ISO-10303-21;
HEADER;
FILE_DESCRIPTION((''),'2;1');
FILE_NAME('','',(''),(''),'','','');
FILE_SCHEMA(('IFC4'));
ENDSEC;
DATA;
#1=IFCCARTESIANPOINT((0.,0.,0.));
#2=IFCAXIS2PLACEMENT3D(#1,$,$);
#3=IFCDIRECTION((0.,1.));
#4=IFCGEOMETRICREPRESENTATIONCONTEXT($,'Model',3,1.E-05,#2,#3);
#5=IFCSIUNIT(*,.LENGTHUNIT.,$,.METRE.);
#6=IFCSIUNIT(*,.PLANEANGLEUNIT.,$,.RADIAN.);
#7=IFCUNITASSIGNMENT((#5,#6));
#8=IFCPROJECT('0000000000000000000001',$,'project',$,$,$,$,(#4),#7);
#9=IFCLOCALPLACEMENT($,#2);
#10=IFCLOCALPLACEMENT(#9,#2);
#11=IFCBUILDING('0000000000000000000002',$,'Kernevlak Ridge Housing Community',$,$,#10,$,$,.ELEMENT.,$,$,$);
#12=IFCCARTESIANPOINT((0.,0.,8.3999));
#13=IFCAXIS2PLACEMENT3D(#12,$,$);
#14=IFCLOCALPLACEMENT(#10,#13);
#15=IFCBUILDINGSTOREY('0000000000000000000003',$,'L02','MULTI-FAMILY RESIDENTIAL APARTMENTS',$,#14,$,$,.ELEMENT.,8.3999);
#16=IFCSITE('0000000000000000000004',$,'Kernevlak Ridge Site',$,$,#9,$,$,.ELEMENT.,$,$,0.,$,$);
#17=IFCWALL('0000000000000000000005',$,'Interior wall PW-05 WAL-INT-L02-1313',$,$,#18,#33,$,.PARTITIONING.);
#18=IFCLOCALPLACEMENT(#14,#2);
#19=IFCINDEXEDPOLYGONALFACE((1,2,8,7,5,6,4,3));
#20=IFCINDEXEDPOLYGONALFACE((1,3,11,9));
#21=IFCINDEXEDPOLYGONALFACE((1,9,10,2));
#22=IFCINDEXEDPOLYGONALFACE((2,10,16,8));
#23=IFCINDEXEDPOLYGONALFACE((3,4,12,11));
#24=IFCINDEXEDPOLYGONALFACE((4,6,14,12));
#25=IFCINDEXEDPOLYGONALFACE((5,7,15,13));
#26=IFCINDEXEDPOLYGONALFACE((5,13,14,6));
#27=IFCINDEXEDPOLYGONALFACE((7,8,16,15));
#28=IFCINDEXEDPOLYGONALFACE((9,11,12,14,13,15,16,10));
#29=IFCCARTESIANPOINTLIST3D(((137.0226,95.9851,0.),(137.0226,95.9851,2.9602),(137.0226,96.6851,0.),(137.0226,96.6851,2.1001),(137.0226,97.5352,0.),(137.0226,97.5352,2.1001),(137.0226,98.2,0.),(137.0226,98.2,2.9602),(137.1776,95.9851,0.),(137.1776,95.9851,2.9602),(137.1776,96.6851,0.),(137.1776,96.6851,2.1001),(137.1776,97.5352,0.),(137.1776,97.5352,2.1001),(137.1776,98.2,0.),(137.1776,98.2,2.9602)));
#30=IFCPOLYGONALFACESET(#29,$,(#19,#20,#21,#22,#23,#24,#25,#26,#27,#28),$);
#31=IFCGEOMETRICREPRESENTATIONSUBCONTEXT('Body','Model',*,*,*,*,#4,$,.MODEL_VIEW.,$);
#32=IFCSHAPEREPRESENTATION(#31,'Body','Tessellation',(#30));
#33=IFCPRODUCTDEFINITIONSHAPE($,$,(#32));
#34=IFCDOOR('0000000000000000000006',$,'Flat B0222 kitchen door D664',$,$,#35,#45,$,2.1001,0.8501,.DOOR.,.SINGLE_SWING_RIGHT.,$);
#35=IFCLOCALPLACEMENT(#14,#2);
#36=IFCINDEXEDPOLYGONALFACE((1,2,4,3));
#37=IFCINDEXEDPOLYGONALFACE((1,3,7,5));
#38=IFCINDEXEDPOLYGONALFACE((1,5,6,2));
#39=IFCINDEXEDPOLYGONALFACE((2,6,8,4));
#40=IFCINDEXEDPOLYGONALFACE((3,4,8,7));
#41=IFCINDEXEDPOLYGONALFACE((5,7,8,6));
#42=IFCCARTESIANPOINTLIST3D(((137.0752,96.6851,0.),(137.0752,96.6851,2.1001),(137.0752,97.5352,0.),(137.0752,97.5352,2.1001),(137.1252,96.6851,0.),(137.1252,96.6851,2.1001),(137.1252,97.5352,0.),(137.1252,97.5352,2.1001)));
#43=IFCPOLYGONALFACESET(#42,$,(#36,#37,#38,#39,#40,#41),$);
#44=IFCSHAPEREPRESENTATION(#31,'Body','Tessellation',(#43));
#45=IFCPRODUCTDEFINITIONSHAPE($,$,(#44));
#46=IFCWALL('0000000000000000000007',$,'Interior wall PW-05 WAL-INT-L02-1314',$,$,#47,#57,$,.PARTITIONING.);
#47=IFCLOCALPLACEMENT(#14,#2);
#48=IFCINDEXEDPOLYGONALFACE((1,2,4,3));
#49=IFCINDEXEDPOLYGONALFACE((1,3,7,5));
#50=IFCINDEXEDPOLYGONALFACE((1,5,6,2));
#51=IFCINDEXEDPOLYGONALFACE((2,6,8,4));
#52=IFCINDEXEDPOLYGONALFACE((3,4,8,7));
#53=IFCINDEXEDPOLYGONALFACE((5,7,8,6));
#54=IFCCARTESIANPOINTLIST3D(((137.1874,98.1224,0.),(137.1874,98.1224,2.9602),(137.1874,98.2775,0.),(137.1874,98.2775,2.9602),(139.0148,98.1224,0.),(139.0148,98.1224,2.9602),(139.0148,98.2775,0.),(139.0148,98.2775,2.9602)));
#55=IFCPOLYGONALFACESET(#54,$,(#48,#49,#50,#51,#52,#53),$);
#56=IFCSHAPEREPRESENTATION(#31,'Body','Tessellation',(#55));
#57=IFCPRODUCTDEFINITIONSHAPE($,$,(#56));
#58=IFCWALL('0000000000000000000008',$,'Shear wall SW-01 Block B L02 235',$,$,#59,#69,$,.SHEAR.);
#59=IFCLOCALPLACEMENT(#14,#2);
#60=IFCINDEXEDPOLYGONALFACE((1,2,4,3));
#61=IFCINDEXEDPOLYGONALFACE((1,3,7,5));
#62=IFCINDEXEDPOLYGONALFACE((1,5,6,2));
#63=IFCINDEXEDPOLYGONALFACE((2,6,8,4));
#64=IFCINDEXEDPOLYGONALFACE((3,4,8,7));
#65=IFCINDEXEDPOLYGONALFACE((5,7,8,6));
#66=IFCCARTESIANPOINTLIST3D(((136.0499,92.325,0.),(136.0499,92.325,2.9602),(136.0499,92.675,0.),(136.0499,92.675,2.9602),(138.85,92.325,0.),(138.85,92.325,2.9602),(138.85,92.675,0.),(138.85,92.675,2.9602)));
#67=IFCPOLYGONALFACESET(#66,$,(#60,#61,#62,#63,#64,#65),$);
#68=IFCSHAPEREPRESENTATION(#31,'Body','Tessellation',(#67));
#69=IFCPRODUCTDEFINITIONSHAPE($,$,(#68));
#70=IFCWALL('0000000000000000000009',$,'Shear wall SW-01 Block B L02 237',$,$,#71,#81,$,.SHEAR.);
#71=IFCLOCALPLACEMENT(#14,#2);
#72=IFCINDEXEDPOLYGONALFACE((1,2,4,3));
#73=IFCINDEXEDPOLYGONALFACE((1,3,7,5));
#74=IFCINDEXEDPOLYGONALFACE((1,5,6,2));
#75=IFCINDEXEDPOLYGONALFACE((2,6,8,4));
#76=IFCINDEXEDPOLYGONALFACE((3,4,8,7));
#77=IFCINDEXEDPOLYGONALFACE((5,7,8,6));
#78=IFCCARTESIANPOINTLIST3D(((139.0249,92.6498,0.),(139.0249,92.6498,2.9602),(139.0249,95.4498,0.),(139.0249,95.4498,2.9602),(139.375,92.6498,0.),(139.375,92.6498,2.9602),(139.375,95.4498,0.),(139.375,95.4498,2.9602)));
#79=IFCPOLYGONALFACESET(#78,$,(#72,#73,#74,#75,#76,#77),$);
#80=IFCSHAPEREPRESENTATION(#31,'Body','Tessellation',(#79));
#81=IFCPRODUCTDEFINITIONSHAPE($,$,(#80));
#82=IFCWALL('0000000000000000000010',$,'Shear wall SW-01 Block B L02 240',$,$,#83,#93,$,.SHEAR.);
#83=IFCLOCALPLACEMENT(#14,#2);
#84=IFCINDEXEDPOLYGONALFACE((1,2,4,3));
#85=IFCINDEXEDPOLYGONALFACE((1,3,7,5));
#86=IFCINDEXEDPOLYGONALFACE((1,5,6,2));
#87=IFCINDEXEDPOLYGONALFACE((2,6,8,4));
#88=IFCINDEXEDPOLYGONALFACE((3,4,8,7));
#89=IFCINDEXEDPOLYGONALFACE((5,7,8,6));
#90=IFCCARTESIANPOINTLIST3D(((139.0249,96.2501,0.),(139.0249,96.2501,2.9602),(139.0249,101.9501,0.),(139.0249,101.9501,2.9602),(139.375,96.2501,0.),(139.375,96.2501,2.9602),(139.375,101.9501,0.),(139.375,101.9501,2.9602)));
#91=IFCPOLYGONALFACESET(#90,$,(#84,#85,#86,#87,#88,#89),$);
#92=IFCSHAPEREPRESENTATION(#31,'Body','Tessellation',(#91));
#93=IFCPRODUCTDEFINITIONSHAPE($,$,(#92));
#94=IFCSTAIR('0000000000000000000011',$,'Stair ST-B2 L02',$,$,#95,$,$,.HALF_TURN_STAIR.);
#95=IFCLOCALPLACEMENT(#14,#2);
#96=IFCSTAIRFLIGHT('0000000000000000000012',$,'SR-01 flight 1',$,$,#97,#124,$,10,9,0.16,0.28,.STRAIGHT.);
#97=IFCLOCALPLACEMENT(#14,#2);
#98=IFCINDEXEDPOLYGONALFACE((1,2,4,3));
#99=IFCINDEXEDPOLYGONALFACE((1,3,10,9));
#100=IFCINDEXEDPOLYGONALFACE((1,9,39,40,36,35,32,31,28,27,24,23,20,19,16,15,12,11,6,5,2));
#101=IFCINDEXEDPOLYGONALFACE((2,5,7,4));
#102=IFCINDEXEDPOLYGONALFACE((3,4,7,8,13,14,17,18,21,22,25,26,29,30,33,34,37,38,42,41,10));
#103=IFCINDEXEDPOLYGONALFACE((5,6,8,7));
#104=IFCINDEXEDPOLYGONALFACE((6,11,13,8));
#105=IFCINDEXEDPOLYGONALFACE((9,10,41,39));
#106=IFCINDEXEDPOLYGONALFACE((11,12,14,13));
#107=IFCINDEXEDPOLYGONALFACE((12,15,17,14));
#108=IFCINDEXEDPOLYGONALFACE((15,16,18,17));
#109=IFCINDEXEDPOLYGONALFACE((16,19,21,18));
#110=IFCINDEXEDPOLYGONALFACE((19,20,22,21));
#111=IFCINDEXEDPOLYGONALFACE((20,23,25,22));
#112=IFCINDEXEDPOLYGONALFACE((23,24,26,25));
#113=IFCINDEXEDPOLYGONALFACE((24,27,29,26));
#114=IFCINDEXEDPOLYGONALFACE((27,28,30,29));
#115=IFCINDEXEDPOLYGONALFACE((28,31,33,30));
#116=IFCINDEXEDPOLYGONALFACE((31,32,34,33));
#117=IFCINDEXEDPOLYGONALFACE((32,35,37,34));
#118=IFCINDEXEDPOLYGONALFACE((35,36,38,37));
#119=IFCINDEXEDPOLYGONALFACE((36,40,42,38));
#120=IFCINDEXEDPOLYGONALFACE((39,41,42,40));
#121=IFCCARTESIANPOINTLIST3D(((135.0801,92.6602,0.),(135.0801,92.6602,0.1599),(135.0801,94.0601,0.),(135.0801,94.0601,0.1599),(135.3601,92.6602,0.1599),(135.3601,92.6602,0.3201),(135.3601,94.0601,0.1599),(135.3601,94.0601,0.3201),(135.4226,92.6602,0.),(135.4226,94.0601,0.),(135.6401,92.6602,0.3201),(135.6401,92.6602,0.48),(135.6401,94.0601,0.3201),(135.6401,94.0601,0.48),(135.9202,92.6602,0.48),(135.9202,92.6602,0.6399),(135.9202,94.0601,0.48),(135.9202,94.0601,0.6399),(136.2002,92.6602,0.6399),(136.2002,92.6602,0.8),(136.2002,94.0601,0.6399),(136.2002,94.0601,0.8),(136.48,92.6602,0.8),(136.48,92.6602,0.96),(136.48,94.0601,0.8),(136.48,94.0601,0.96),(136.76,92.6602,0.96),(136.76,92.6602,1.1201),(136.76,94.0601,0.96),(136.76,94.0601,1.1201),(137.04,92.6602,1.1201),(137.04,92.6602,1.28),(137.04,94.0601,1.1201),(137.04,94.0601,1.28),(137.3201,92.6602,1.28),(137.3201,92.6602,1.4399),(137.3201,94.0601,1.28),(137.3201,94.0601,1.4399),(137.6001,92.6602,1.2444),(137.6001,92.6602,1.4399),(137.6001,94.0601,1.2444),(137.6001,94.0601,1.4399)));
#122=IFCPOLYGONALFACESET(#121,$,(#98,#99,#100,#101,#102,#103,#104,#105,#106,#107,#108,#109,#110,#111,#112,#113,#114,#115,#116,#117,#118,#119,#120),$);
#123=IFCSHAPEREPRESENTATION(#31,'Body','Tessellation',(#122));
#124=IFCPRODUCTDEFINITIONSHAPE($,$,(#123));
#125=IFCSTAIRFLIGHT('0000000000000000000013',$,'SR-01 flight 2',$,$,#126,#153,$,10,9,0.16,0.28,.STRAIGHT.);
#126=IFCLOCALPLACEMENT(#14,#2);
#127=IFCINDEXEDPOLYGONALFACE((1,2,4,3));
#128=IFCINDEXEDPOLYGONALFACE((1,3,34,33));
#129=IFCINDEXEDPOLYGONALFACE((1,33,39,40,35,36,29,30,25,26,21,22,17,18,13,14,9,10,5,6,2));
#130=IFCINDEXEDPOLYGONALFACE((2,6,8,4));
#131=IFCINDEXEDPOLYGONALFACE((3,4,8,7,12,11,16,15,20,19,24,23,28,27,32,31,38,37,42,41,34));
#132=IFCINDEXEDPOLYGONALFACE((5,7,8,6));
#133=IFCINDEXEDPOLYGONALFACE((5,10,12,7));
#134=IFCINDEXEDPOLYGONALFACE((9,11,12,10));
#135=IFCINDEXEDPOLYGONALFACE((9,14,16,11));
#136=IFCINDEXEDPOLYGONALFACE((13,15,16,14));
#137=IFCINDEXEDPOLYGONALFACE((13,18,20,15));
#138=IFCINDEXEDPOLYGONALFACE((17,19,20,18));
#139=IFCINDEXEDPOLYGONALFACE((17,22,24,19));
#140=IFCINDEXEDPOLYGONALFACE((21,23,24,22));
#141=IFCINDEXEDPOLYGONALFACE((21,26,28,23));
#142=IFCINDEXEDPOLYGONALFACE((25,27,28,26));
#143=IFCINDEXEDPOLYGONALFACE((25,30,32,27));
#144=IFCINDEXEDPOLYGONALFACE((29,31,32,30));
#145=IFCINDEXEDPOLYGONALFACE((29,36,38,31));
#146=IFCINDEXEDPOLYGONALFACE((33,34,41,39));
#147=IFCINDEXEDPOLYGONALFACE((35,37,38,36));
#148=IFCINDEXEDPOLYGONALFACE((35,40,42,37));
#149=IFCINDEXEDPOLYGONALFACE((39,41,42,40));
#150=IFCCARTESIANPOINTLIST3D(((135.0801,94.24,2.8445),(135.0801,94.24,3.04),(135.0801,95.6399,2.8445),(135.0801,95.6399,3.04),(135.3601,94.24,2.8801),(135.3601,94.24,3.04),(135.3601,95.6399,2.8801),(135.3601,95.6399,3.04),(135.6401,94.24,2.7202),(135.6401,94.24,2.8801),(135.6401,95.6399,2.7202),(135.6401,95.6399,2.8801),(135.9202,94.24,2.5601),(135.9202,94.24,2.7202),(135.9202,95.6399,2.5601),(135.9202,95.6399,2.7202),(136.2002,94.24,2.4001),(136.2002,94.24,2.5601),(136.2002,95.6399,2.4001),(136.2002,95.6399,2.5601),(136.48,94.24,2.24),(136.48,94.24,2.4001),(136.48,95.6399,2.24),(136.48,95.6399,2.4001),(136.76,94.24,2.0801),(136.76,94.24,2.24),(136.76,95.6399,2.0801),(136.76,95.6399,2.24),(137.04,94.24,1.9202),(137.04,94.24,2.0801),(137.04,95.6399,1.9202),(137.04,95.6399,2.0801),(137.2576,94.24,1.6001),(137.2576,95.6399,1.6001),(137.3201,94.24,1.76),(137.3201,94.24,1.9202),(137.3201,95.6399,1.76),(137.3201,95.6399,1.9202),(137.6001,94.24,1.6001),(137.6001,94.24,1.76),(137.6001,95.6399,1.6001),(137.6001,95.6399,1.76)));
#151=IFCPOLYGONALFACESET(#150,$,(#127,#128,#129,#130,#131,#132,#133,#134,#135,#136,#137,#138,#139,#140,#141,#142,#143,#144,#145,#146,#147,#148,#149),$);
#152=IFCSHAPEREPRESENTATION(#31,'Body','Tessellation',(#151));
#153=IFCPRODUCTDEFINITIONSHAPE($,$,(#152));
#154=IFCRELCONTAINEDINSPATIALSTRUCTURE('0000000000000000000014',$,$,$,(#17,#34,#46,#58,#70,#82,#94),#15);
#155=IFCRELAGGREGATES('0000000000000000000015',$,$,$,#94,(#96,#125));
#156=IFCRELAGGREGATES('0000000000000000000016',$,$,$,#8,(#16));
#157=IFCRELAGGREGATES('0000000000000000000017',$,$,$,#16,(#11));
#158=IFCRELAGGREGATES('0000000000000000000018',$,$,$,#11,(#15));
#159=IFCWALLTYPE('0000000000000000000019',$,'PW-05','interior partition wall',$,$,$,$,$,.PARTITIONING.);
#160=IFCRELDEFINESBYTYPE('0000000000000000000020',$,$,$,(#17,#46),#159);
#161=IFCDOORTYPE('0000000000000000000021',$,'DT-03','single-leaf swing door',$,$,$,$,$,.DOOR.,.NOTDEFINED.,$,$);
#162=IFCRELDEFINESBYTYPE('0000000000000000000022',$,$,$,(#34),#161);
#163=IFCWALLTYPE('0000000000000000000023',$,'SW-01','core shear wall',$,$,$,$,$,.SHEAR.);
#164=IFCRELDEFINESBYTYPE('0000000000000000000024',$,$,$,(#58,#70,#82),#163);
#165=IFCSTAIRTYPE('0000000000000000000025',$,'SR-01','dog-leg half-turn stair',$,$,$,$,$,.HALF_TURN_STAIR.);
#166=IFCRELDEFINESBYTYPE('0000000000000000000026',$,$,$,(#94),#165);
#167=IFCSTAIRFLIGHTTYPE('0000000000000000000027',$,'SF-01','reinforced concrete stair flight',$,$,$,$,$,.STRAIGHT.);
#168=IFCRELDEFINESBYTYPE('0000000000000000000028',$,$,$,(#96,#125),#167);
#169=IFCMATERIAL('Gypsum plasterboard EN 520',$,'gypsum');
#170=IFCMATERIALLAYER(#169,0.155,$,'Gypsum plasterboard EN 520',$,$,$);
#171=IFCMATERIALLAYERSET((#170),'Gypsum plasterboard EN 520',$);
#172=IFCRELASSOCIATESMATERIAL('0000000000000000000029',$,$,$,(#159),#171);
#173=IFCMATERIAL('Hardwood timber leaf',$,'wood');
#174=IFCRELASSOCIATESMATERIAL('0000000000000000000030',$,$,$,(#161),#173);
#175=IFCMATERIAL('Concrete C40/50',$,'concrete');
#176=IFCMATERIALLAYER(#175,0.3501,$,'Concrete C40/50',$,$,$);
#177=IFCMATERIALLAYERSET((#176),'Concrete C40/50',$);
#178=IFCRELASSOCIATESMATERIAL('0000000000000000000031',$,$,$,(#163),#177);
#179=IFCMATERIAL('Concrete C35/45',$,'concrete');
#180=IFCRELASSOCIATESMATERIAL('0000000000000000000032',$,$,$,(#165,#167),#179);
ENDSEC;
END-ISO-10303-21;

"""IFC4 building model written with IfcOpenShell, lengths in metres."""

from ifc_helpers import new_model, si_unit, direction, frame, frame_2d, origin, place, context, subcontext, project, spatial, polyline, rectangle, outline, extrude, material, layer, layer_set, type_object, element, fill, aggregate, save


model = new_model("IFC4")

# Units and contexts
model_context = context("Model", 3, precision=1e-05, world=origin(), true_north=direction((0.0, 1.0)))
body_context = subcontext(model_context, "Body", "Model", "MODEL_VIEW")
ifc_project = project(units=[si_unit("LENGTHUNIT", "METRE"), si_unit("PLANEANGLEUNIT", "RADIAN")], contexts=[model_context])

# Site, building, storey
site_placement = place(None, origin())
site = spatial("IfcSite", under=ifc_project, at=site_placement, Name="Kernevlak Ridge Site", CompositionType="ELEMENT", RefElevation=0.0)
building_placement = place(site_placement, origin())
building = spatial("IfcBuilding", under=site, at=building_placement, Name="Kernevlak Ridge Housing Community", CompositionType="ELEMENT")
storey_placement = place(building_placement, frame((0.0, 0.0, 8.3999)))
storey = spatial("IfcBuildingStorey", under=building, at=storey_placement, Name="L02", Description="MULTI-FAMILY RESIDENTIAL APARTMENTS", CompositionType="ELEMENT", Elevation=8.3999)

# Shared definitions
ifc_material_1 = material(Name="Concrete C40/50", Category="concrete")

# Shared definitions
ifc_material_2 = material(Name="Concrete C35/45", Category="concrete")

# Shared definitions
ifc_material_3 = material(Name="Gypsum plasterboard EN 520", Category="gypsum")

# Wall, opening, door
ifc_layer_1 = layer(ifc_material_3, 0.155, Name="Gypsum plasterboard EN 520")
ifc_layer_set_1 = layer_set([ifc_layer_1], Name="Gypsum plasterboard EN 520")
wall_type_1 = type_object("IfcWallType", Name="PW-05", Description="interior partition wall", PredefinedType="PARTITIONING", material=ifc_layer_set_1)
wall_1_placement = place(storey_placement, frame((137.1001, 95.9851, 0.0), z_axis=(0.0, 0.0, 1.0), x_axis=(0.0, 1.0, 0.0)))
wall_1 = element("IfcWall", 1, at=wall_1_placement, inside=storey, type_object=wall_type_1, Name="Interior wall PW-05 WAL-INT-L02-1313", PredefinedType="PARTITIONING", context=body_context, shape_type="SweptSolid", body=[
    extrude(rectangle(XDim=2.2148, YDim=0.155, at=frame_2d((1.1074, 0.0))), origin(), (0.0, 0.0, 1.0), 2.9602),
])
opening_1_placement = place(wall_1_placement, frame((0.7, 0.0, 0.0)))
opening_1 = element("IfcOpeningElement", 2, at=opening_1_placement, cuts=wall_1, PredefinedType="OPENING", context=body_context, shape_type="SweptSolid", body=[
    extrude(rectangle(XDim=0.8501, YDim=2.1001, at=frame_2d((0.425, 1.05))), frame((0.0, 0.0874, 0.0), z_axis=(0.0, -1.0, 0.0), x_axis=(1.0, 0.0, 0.0)), (0.0, 0.0, 1.0), 0.175),
])
ifc_material_4 = material(Name="Hardwood timber leaf", Category="wood")
door_type_1 = type_object("IfcDoorType", Name="DT-03", Description="single-leaf swing door", OperationType="NOTDEFINED", PredefinedType="DOOR", material=ifc_material_4)
door_1_placement = place(opening_1_placement, origin())
door_1 = element("IfcDoor", 3, at=door_1_placement, inside=storey, type_object=door_type_1, Name="Flat B0222 kitchen door D664", OperationType="SINGLE_SWING_RIGHT", OverallHeight=2.1001, OverallWidth=0.8501, PredefinedType="DOOR", context=body_context, shape_type="SweptSolid", body=[
    extrude(rectangle(XDim=0.8501, YDim=2.1001, at=frame_2d((0.425, 1.05))), frame((0.0, 0.0249, 0.0), z_axis=(0.0, -1.0, 0.0), x_axis=(1.0, 0.0, 0.0)), (0.0, 0.0, 1.0), 0.05),
])
fill(opening_1, door_1)

# Walls
wall_2_placement = place(storey_placement, frame((137.1875, 98.2, 0.0), z_axis=(0.0, 0.0, 1.0), x_axis=(1.0, 0.0, 0.0)))
element("IfcWall", 4, at=wall_2_placement, inside=storey, type_object=wall_type_1, Name="Interior wall PW-05 WAL-INT-L02-1314", PredefinedType="PARTITIONING", context=body_context, shape_type="SweptSolid", body=[
    extrude(rectangle(XDim=1.8274, YDim=0.155, at=frame_2d((0.9136, 0.0))), origin(), (0.0, 0.0, 1.0), 2.9602),
])
ifc_layer_2 = layer(ifc_material_1, 0.3501, Name="Concrete C40/50")
ifc_layer_set_2 = layer_set([ifc_layer_2], Name="Concrete C40/50")
wall_type_2 = type_object("IfcWallType", Name="SW-01", Description="core shear wall", PredefinedType="SHEAR", material=ifc_layer_set_2)
for number, where, z_axis, x_axis, name in (
    (5, (136.05, 92.5, 0.0), (0.0, 0.0, 1.0), (1.0, 0.0, 0.0), "Shear wall SW-01 Block B L02 235"),
    (6, (139.2, 92.6499, 0.0), (0.0, 0.0, 1.0), (0.0, 1.0, 0.0), "Shear wall SW-01 Block B L02 237"),
):
    element("IfcWall", number, at=place(storey_placement, frame(where, z_axis=z_axis, x_axis=x_axis)), inside=storey, type_object=wall_type_2, Name=name, PredefinedType="SHEAR", context=body_context, shape_type="SweptSolid", body=[
        extrude(rectangle(XDim=2.8, YDim=0.3501, at=frame_2d((1.3999, 0.0))), origin(), (0.0, 0.0, 1.0), 2.9602),
    ])
wall_3_placement = place(storey_placement, frame((139.2, 96.25, 0.0), z_axis=(0.0, 0.0, 1.0), x_axis=(0.0, 1.0, 0.0)))
element("IfcWall", 7, at=wall_3_placement, inside=storey, type_object=wall_type_2, Name="Shear wall SW-01 Block B L02 240", PredefinedType="SHEAR", context=body_context, shape_type="SweptSolid", body=[
    extrude(rectangle(XDim=5.7, YDim=0.3501, at=frame_2d((2.8501, 0.0))), origin(), (0.0, 0.0, 1.0), 2.9602),
])

# Stair, stair flights
stair_type = type_object("IfcStairType", Name="SR-01", Description="dog-leg half-turn stair", PredefinedType="HALF_TURN_STAIR", material=ifc_material_2)
stair_placement = place(storey_placement, origin())
stair = element("IfcStair", 8, at=stair_placement, inside=storey, type_object=stair_type, Name="Stair ST-B2 L02", PredefinedType="HALF_TURN_STAIR")
stair_flight_type = type_object("IfcStairFlightType", Name="SF-01", Description="reinforced concrete stair flight", PredefinedType="STRAIGHT", material=ifc_material_2)
stair_flight_1_placement = place(storey_placement, frame((135.0801, 93.3601, 0.0), z_axis=(0.0, 0.0, 1.0), x_axis=(1.0, 0.0, 0.0)))
stair_flight_1 = element("IfcStairFlight", 9, at=stair_flight_1_placement, type_object=stair_flight_type, Name="SR-01 flight 1", NumberOfRisers=10, NumberOfTreads=9, PredefinedType="STRAIGHT", RiserHeight=0.16, TreadLength=0.28, context=body_context, shape_type="SweptSolid", body=[
    extrude(outline(polyline([(0.0, 0.0), (0.0, 0.1599), (0.28, 0.1599), (0.28, 0.3201), (0.5601, 0.3201), (0.5601, 0.48), (0.8401, 0.48), (0.8401, 0.6399), (1.1201, 0.6399), (1.1201, 0.8), (1.3999, 0.8), (1.3999, 0.96), (1.6799, 0.96), (1.6799, 1.1201), (1.96, 1.1201), (1.96, 1.28), (2.24, 1.28), (2.24, 1.4399), (2.52, 1.4399), (2.52, 1.6001), (2.52, 1.2444), (0.3425, 0.0), (0.0, 0.0)])), frame((0.0, 0.7, 0.0), z_axis=(0.0, -1.0, 0.0), x_axis=(1.0, 0.0, 0.0)), (0.0, 0.0, 1.0), 1.3999),
])
stair_flight_2_placement = place(storey_placement, frame((137.6001, 94.9399, 1.6001), z_axis=(0.0, 0.0, 1.0), x_axis=(-1.0, 0.0, 0.0)))
stair_flight_2 = element("IfcStairFlight", 10, at=stair_flight_2_placement, type_object=stair_flight_type, Name="SR-01 flight 2", NumberOfRisers=10, NumberOfTreads=9, PredefinedType="STRAIGHT", RiserHeight=0.16, TreadLength=0.28, context=body_context, shape_type="SweptSolid", body=[
    extrude(outline(polyline([(0.0, 0.0), (0.0, 0.1599), (0.28, 0.1599), (0.28, 0.3201), (0.5601, 0.3201), (0.5601, 0.48), (0.8401, 0.48), (0.8401, 0.6399), (1.1201, 0.6399), (1.1201, 0.8), (1.3999, 0.8), (1.3999, 0.96), (1.6799, 0.96), (1.6799, 1.1201), (1.96, 1.1201), (1.96, 1.28), (2.24, 1.28), (2.24, 1.4399), (2.52, 1.4399), (2.52, 1.6001), (2.52, 1.2444), (0.3425, 0.0), (0.0, 0.0)])), frame((0.0, 0.7, 0.0), z_axis=(0.0, -1.0, 0.0), x_axis=(1.0, 0.0, 0.0)), (0.0, 0.0, 1.0), 1.3999),
])
aggregate(stair, [stair_flight_1, stair_flight_2])

save(model, "model.ifc")
